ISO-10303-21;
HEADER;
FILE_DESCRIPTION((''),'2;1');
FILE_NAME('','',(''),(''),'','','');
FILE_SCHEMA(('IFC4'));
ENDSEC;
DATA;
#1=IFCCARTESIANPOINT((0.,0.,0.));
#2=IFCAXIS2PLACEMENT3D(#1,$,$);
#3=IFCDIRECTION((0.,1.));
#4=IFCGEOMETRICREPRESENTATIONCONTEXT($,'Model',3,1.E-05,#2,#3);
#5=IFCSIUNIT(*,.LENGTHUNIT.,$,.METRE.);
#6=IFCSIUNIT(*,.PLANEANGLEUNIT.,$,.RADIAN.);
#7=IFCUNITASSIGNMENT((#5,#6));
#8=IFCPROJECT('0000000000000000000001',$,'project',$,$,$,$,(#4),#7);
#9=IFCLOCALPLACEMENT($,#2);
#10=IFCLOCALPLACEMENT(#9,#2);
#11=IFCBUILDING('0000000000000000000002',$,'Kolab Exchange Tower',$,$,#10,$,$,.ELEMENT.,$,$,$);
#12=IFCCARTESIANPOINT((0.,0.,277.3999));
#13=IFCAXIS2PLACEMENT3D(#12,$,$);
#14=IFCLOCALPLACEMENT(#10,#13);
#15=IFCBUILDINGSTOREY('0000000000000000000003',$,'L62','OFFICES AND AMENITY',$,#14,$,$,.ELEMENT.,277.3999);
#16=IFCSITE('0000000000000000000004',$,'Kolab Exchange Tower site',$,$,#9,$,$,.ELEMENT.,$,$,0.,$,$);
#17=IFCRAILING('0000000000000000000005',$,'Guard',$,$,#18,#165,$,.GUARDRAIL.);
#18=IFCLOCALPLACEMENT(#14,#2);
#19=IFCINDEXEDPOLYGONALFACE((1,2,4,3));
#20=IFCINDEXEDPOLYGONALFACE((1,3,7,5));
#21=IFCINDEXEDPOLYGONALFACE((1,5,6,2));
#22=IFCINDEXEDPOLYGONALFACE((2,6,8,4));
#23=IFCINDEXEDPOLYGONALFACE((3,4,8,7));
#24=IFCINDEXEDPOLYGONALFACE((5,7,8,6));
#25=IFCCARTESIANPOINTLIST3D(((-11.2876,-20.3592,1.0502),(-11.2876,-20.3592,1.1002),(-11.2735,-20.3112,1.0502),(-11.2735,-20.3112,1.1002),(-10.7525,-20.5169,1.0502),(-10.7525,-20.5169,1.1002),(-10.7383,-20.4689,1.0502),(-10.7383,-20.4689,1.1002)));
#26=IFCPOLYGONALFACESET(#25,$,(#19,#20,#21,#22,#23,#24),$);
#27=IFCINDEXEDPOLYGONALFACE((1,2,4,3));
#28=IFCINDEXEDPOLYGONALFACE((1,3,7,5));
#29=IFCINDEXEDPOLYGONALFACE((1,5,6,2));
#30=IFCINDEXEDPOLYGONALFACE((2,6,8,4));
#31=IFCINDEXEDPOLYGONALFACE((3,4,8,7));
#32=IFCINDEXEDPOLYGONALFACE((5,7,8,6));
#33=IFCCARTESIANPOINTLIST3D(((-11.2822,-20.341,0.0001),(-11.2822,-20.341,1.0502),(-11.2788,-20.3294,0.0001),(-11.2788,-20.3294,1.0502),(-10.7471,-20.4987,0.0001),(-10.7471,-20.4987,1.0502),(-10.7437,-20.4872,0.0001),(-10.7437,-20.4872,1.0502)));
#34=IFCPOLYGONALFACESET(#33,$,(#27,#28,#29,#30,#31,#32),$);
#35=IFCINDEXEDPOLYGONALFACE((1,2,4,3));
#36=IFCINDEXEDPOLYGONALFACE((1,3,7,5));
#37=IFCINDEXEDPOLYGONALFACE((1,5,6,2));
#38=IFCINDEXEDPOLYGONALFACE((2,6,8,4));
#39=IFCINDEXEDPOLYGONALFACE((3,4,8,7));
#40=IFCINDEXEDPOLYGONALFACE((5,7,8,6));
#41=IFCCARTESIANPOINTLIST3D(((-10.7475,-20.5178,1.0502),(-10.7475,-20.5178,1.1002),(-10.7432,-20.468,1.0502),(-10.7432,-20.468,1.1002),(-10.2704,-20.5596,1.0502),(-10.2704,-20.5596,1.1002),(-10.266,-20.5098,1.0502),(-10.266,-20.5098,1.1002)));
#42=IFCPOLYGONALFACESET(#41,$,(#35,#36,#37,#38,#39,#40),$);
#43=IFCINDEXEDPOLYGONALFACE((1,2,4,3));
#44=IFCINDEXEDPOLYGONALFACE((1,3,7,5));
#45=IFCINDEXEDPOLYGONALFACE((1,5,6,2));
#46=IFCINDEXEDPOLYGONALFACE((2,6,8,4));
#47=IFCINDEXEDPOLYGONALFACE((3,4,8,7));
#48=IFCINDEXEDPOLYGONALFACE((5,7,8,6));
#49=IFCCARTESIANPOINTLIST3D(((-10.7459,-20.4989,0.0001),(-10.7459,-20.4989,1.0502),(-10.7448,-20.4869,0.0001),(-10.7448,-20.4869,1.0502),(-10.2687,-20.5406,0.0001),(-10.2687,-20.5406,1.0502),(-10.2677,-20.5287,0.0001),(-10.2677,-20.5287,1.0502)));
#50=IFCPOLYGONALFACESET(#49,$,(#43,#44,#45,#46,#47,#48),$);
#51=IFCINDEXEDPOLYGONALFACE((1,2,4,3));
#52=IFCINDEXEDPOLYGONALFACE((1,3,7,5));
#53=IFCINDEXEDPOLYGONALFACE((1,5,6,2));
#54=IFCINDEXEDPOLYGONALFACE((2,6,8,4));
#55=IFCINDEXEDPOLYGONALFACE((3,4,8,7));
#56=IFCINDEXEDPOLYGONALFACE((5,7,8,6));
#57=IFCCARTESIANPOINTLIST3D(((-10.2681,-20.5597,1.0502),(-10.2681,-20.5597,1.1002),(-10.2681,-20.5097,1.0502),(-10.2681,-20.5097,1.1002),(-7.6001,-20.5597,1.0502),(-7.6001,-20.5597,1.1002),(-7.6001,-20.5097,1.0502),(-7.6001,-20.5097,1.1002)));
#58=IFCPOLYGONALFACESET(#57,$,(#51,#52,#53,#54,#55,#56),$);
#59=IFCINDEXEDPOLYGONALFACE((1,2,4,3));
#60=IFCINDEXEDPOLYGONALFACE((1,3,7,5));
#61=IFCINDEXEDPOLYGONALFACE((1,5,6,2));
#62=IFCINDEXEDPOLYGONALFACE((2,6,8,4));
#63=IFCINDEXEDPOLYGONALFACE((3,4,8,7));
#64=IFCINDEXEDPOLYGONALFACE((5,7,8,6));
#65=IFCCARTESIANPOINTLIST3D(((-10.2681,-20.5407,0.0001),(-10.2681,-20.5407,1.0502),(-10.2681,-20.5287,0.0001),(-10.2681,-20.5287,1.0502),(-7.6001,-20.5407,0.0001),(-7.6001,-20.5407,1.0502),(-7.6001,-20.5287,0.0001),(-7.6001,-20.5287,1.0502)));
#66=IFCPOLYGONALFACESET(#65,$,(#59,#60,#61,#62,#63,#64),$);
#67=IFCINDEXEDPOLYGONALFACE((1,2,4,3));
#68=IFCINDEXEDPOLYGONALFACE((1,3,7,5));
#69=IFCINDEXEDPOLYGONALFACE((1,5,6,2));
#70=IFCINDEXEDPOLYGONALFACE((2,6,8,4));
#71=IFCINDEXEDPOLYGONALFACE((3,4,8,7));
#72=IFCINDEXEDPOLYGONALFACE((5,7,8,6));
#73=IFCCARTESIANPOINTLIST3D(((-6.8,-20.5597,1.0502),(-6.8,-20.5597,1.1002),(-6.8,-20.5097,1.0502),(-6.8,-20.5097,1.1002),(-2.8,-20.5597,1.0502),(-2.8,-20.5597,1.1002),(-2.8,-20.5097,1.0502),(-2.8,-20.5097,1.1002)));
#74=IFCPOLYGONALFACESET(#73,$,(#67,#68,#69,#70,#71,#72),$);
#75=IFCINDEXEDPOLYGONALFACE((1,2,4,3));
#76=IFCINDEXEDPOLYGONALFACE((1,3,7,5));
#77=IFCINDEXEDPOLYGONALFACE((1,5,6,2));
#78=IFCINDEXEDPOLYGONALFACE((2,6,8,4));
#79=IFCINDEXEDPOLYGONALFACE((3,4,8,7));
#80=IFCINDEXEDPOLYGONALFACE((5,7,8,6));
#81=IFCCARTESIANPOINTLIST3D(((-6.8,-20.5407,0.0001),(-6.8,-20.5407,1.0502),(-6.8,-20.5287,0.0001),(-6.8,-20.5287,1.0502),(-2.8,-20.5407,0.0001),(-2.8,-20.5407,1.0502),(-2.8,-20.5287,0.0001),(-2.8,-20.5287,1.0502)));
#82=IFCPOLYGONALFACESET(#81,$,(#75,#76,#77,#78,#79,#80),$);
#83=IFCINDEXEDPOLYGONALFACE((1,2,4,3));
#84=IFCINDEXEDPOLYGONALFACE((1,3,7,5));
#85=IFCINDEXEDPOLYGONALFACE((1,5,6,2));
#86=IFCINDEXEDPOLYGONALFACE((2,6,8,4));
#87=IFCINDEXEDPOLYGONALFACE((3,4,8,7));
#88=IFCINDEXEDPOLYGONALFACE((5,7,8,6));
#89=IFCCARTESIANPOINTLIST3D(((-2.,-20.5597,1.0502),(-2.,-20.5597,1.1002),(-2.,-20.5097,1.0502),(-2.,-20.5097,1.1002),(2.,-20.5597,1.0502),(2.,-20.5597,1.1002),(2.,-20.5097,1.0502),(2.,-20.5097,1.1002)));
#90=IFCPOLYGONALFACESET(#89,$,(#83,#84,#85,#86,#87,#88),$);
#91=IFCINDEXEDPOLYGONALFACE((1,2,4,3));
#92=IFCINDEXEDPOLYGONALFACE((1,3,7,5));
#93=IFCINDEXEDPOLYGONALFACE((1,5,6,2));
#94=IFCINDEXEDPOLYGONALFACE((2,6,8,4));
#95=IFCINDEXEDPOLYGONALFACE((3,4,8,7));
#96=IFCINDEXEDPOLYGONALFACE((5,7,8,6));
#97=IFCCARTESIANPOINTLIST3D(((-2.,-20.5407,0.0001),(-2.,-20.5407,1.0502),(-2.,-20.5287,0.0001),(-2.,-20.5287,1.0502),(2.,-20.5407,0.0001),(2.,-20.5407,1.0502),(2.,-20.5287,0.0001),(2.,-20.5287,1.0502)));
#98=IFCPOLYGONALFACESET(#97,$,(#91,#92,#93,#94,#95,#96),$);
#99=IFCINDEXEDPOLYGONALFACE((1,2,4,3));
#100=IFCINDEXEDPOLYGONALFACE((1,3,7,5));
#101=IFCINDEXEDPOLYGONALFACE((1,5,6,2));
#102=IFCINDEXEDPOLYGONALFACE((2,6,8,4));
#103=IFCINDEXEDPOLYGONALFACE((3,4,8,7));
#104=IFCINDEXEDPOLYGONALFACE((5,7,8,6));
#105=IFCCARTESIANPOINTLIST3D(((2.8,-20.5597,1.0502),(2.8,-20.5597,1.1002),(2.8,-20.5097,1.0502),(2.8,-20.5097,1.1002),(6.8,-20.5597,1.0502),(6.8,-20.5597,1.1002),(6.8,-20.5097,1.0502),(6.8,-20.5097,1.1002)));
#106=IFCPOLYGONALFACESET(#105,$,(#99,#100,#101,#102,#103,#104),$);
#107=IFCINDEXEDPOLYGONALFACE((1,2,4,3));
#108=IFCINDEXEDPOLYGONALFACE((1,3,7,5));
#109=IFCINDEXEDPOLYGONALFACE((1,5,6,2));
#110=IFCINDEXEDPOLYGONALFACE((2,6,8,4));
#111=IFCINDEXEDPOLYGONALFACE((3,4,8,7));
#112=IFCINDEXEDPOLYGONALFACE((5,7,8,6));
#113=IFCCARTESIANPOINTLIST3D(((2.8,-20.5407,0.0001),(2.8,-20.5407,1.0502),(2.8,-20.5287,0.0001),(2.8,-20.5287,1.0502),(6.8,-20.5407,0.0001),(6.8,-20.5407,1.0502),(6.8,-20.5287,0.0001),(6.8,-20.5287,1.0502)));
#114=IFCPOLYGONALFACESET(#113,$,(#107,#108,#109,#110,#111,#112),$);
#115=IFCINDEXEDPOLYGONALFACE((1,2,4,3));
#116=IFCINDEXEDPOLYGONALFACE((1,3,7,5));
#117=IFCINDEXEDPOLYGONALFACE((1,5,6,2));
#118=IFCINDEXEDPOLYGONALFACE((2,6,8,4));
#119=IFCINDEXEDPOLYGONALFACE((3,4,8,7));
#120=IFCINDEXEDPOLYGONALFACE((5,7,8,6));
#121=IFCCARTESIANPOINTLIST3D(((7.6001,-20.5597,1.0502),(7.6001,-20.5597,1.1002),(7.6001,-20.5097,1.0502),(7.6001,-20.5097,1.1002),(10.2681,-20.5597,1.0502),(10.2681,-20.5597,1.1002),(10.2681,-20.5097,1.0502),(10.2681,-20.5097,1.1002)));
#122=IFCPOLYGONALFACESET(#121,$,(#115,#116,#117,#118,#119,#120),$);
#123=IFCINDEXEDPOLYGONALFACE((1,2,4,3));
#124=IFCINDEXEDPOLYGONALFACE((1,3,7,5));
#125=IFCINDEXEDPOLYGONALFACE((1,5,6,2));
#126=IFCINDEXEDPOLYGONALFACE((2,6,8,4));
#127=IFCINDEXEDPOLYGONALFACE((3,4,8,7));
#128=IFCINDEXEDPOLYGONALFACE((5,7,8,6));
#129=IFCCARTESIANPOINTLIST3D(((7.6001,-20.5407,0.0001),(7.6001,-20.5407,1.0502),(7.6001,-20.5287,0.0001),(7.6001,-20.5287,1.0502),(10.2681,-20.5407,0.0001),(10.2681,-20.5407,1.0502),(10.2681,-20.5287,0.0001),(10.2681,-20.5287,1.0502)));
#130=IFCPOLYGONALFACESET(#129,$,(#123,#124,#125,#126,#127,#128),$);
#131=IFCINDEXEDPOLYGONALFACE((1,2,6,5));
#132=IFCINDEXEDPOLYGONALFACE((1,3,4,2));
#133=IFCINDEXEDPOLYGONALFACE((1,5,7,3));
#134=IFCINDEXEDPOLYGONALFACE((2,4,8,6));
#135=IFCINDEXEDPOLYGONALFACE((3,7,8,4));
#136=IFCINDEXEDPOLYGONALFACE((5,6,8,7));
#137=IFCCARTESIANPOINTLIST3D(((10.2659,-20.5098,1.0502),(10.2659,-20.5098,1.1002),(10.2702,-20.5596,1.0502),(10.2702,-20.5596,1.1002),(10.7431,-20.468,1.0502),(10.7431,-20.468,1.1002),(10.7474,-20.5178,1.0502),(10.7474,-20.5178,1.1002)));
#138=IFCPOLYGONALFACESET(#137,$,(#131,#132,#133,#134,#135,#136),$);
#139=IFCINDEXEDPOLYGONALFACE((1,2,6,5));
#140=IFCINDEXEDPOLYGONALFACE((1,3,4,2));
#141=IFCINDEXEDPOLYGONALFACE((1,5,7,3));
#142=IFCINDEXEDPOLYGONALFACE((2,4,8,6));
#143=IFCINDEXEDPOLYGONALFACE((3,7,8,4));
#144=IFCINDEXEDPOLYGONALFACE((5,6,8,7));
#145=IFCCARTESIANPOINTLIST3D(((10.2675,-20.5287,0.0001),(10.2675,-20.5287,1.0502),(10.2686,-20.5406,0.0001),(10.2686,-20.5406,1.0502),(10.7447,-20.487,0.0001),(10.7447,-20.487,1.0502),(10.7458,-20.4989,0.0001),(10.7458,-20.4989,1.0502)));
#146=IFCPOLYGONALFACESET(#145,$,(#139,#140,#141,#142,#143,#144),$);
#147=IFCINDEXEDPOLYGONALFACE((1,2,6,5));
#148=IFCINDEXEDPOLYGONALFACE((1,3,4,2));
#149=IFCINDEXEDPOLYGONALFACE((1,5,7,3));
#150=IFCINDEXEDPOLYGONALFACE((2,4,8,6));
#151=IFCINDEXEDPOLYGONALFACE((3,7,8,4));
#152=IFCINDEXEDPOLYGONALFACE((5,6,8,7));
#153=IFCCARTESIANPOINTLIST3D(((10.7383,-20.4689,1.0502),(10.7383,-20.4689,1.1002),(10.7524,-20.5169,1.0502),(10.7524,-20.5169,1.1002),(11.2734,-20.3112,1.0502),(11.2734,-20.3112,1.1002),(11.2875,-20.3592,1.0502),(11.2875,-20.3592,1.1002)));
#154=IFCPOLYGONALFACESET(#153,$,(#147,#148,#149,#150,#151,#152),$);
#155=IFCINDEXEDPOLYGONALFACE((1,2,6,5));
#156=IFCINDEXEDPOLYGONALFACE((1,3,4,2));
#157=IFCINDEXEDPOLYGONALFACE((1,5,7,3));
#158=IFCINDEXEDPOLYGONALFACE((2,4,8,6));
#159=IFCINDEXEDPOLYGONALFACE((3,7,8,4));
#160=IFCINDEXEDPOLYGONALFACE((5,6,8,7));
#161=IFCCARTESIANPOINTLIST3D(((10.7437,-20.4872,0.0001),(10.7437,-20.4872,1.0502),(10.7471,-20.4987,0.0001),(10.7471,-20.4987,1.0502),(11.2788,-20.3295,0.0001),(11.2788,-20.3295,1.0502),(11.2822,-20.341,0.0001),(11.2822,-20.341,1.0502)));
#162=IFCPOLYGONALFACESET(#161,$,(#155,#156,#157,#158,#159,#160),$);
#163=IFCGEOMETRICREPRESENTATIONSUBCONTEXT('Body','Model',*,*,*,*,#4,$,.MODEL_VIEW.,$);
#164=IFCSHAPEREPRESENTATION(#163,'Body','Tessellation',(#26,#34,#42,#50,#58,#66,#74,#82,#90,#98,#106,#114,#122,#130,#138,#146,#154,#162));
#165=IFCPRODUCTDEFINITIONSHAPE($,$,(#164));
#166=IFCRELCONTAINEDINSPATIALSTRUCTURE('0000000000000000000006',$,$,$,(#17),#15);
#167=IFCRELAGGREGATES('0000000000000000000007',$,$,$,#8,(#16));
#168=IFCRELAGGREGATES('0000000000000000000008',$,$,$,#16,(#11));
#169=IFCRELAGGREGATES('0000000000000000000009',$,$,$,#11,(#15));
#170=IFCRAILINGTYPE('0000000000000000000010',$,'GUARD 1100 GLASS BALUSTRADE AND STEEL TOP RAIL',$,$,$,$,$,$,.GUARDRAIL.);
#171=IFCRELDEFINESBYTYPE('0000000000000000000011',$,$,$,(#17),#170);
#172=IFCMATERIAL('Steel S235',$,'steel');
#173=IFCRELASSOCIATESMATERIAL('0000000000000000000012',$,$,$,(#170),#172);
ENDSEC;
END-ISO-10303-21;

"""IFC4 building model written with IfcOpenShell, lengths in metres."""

from ifc_helpers import new_model, si_unit, direction, frame, frame_2d, origin, origin_2d, place, context, subcontext, project, spatial, rectangle, extrude, material, type_object, element, save


model = new_model("IFC4")

# Units and contexts
model_context = context("Model", 3, precision=1e-05, world=origin(), true_north=direction((0.0, 1.0)))
body_context = subcontext(model_context, "Body", "Model", "MODEL_VIEW")
ifc_project = project(units=[si_unit("LENGTHUNIT", "METRE"), si_unit("PLANEANGLEUNIT", "RADIAN")], contexts=[model_context])

# Site, building, storey
site_placement = place(None, origin())
site = spatial("IfcSite", under=ifc_project, at=site_placement, Name="Kolab Exchange Tower site", CompositionType="ELEMENT", RefElevation=0.0)
building_placement = place(site_placement, origin())
building = spatial("IfcBuilding", under=site, at=building_placement, Name="Kolab Exchange Tower", CompositionType="ELEMENT")
storey_placement = place(building_placement, frame((0.0, 0.0, 277.3999)))
storey = spatial("IfcBuildingStorey", under=building, at=storey_placement, Name="L62", Description="OFFICES AND AMENITY", CompositionType="ELEMENT", Elevation=277.3999)

# Shared definitions
ifc_material_1 = material(Name="Steel S235", Category="steel")

# Railing
railing_type = type_object("IfcRailingType", Name="GUARD 1100 GLASS BALUSTRADE AND STEEL TOP RAIL", PredefinedType="GUARDRAIL", material=ifc_material_1)
railing_placement = place(storey_placement, frame((-11.2805, -20.3352, 0.0)))
element("IfcRailing", 1, at=railing_placement, inside=storey, type_object=railing_type, Name="Guard", PredefinedType="GUARDRAIL", context=body_context, shape_type="SweptSolid", body=[
    extrude(rectangle(XDim=0.05, YDim=0.05, at=origin_2d()), frame((0.0, 0.0, 1.0752), z_axis=(0.959212, -0.282687, 0.0), x_axis=(0.282687, 0.959212, 0.0)), (0.0, 0.0, 1.0), 0.5579),
    extrude(rectangle(XDim=0.012, YDim=1.0501, at=frame_2d((0.0, 0.5251))), frame((0.0, 0.0, 0.0), z_axis=(0.959212, -0.282687, 0.0), x_axis=(0.282687, 0.959212, 0.0)), (0.0, 0.0, 1.0), 0.5579),
    extrude(rectangle(XDim=0.05, YDim=0.05, at=origin_2d()), frame((0.5352, -0.1577, 1.0752), z_axis=(0.996196, -0.087135, 0.0), x_axis=(0.087135, 0.996196, 0.0)), (0.0, 0.0, 1.0), 0.479),
    extrude(rectangle(XDim=0.012, YDim=1.0501, at=frame_2d((0.0, 0.5251))), frame((0.5352, -0.1577, 0.0), z_axis=(0.996196, -0.087135, 0.0), x_axis=(0.087135, 0.996196, 0.0)), (0.0, 0.0, 1.0), 0.479),
    extrude(rectangle(XDim=0.05, YDim=0.05, at=origin_2d()), frame((1.0125, -0.1995, 1.0752), z_axis=(1.0, 0.0, 0.0), x_axis=(0.0, 1.0, 0.0)), (0.0, 0.0, 1.0), 2.668),
    extrude(rectangle(XDim=0.012, YDim=1.0501, at=frame_2d((0.0, 0.5251))), frame((1.0125, -0.1995, 0.0), z_axis=(1.0, 0.0, 0.0), x_axis=(0.0, 1.0, 0.0)), (0.0, 0.0, 1.0), 2.668),
    extrude(rectangle(XDim=0.05, YDim=0.05, at=origin_2d()), frame((4.4805, -0.1995, 1.0752), z_axis=(1.0, 0.0, 0.0), x_axis=(0.0, 1.0, 0.0)), (0.0, 0.0, 1.0), 4.0),
    extrude(rectangle(XDim=0.012, YDim=1.0501, at=frame_2d((0.0, 0.5251))), frame((4.4805, -0.1995, 0.0), z_axis=(1.0, 0.0, 0.0), x_axis=(0.0, 1.0, 0.0)), (0.0, 0.0, 1.0), 4.0),
    extrude(rectangle(XDim=0.05, YDim=0.05, at=origin_2d()), frame((9.2805, -0.1995, 1.0752), z_axis=(1.0, 0.0, 0.0), x_axis=(0.0, 1.0, 0.0)), (0.0, 0.0, 1.0), 4.0),
    extrude(rectangle(XDim=0.012, YDim=1.0501, at=frame_2d((0.0, 0.5251))), frame((9.2805, -0.1995, 0.0), z_axis=(1.0, 0.0, 0.0), x_axis=(0.0, 1.0, 0.0)), (0.0, 0.0, 1.0), 4.0),
    extrude(rectangle(XDim=0.05, YDim=0.05, at=origin_2d()), frame((14.0806, -0.1995, 1.0752), z_axis=(1.0, 0.0, 0.0), x_axis=(0.0, 1.0, 0.0)), (0.0, 0.0, 1.0), 4.0),
    extrude(rectangle(XDim=0.012, YDim=1.0501, at=frame_2d((0.0, 0.5251))), frame((14.0806, -0.1995, 0.0), z_axis=(1.0, 0.0, 0.0), x_axis=(0.0, 1.0, 0.0)), (0.0, 0.0, 1.0), 4.0),
    extrude(rectangle(XDim=0.05, YDim=0.05, at=origin_2d()), frame((18.8806, -0.1995, 1.0752), z_axis=(1.0, 0.0, 0.0), x_axis=(0.0, 1.0, 0.0)), (0.0, 0.0, 1.0), 2.668),
    extrude(rectangle(XDim=0.012, YDim=1.0501, at=frame_2d((0.0, 0.5251))), frame((18.8806, -0.1995, 0.0), z_axis=(1.0, 0.0, 0.0), x_axis=(0.0, 1.0, 0.0)), (0.0, 0.0, 1.0), 2.668),
    extrude(rectangle(XDim=0.05, YDim=0.05, at=origin_2d()), frame((21.5486, -0.1995, 1.0752), z_axis=(0.996196, 0.087135, 0.0), x_axis=(-0.087135, 0.996196, 0.0)), (0.0, 0.0, 1.0), 0.479),
    extrude(rectangle(XDim=0.012, YDim=1.0501, at=frame_2d((0.0, 0.5251))), frame((21.5486, -0.1995, 0.0), z_axis=(0.996196, 0.087135, 0.0), x_axis=(-0.087135, 0.996196, 0.0)), (0.0, 0.0, 1.0), 0.479),
    extrude(rectangle(XDim=0.05, YDim=0.05, at=origin_2d()), frame((22.0259, -0.1577, 1.0752), z_axis=(0.959212, 0.282687, 0.0), x_axis=(-0.282687, 0.959212, 0.0)), (0.0, 0.0, 1.0), 0.5579),
    extrude(rectangle(XDim=0.012, YDim=1.0501, at=frame_2d((0.0, 0.5251))), frame((22.0259, -0.1577, 0.0), z_axis=(0.959212, 0.282687, 0.0), x_axis=(-0.282687, 0.959212, 0.0)), (0.0, 0.0, 1.0), 0.5579),
])

save(model, "model.ifc")
